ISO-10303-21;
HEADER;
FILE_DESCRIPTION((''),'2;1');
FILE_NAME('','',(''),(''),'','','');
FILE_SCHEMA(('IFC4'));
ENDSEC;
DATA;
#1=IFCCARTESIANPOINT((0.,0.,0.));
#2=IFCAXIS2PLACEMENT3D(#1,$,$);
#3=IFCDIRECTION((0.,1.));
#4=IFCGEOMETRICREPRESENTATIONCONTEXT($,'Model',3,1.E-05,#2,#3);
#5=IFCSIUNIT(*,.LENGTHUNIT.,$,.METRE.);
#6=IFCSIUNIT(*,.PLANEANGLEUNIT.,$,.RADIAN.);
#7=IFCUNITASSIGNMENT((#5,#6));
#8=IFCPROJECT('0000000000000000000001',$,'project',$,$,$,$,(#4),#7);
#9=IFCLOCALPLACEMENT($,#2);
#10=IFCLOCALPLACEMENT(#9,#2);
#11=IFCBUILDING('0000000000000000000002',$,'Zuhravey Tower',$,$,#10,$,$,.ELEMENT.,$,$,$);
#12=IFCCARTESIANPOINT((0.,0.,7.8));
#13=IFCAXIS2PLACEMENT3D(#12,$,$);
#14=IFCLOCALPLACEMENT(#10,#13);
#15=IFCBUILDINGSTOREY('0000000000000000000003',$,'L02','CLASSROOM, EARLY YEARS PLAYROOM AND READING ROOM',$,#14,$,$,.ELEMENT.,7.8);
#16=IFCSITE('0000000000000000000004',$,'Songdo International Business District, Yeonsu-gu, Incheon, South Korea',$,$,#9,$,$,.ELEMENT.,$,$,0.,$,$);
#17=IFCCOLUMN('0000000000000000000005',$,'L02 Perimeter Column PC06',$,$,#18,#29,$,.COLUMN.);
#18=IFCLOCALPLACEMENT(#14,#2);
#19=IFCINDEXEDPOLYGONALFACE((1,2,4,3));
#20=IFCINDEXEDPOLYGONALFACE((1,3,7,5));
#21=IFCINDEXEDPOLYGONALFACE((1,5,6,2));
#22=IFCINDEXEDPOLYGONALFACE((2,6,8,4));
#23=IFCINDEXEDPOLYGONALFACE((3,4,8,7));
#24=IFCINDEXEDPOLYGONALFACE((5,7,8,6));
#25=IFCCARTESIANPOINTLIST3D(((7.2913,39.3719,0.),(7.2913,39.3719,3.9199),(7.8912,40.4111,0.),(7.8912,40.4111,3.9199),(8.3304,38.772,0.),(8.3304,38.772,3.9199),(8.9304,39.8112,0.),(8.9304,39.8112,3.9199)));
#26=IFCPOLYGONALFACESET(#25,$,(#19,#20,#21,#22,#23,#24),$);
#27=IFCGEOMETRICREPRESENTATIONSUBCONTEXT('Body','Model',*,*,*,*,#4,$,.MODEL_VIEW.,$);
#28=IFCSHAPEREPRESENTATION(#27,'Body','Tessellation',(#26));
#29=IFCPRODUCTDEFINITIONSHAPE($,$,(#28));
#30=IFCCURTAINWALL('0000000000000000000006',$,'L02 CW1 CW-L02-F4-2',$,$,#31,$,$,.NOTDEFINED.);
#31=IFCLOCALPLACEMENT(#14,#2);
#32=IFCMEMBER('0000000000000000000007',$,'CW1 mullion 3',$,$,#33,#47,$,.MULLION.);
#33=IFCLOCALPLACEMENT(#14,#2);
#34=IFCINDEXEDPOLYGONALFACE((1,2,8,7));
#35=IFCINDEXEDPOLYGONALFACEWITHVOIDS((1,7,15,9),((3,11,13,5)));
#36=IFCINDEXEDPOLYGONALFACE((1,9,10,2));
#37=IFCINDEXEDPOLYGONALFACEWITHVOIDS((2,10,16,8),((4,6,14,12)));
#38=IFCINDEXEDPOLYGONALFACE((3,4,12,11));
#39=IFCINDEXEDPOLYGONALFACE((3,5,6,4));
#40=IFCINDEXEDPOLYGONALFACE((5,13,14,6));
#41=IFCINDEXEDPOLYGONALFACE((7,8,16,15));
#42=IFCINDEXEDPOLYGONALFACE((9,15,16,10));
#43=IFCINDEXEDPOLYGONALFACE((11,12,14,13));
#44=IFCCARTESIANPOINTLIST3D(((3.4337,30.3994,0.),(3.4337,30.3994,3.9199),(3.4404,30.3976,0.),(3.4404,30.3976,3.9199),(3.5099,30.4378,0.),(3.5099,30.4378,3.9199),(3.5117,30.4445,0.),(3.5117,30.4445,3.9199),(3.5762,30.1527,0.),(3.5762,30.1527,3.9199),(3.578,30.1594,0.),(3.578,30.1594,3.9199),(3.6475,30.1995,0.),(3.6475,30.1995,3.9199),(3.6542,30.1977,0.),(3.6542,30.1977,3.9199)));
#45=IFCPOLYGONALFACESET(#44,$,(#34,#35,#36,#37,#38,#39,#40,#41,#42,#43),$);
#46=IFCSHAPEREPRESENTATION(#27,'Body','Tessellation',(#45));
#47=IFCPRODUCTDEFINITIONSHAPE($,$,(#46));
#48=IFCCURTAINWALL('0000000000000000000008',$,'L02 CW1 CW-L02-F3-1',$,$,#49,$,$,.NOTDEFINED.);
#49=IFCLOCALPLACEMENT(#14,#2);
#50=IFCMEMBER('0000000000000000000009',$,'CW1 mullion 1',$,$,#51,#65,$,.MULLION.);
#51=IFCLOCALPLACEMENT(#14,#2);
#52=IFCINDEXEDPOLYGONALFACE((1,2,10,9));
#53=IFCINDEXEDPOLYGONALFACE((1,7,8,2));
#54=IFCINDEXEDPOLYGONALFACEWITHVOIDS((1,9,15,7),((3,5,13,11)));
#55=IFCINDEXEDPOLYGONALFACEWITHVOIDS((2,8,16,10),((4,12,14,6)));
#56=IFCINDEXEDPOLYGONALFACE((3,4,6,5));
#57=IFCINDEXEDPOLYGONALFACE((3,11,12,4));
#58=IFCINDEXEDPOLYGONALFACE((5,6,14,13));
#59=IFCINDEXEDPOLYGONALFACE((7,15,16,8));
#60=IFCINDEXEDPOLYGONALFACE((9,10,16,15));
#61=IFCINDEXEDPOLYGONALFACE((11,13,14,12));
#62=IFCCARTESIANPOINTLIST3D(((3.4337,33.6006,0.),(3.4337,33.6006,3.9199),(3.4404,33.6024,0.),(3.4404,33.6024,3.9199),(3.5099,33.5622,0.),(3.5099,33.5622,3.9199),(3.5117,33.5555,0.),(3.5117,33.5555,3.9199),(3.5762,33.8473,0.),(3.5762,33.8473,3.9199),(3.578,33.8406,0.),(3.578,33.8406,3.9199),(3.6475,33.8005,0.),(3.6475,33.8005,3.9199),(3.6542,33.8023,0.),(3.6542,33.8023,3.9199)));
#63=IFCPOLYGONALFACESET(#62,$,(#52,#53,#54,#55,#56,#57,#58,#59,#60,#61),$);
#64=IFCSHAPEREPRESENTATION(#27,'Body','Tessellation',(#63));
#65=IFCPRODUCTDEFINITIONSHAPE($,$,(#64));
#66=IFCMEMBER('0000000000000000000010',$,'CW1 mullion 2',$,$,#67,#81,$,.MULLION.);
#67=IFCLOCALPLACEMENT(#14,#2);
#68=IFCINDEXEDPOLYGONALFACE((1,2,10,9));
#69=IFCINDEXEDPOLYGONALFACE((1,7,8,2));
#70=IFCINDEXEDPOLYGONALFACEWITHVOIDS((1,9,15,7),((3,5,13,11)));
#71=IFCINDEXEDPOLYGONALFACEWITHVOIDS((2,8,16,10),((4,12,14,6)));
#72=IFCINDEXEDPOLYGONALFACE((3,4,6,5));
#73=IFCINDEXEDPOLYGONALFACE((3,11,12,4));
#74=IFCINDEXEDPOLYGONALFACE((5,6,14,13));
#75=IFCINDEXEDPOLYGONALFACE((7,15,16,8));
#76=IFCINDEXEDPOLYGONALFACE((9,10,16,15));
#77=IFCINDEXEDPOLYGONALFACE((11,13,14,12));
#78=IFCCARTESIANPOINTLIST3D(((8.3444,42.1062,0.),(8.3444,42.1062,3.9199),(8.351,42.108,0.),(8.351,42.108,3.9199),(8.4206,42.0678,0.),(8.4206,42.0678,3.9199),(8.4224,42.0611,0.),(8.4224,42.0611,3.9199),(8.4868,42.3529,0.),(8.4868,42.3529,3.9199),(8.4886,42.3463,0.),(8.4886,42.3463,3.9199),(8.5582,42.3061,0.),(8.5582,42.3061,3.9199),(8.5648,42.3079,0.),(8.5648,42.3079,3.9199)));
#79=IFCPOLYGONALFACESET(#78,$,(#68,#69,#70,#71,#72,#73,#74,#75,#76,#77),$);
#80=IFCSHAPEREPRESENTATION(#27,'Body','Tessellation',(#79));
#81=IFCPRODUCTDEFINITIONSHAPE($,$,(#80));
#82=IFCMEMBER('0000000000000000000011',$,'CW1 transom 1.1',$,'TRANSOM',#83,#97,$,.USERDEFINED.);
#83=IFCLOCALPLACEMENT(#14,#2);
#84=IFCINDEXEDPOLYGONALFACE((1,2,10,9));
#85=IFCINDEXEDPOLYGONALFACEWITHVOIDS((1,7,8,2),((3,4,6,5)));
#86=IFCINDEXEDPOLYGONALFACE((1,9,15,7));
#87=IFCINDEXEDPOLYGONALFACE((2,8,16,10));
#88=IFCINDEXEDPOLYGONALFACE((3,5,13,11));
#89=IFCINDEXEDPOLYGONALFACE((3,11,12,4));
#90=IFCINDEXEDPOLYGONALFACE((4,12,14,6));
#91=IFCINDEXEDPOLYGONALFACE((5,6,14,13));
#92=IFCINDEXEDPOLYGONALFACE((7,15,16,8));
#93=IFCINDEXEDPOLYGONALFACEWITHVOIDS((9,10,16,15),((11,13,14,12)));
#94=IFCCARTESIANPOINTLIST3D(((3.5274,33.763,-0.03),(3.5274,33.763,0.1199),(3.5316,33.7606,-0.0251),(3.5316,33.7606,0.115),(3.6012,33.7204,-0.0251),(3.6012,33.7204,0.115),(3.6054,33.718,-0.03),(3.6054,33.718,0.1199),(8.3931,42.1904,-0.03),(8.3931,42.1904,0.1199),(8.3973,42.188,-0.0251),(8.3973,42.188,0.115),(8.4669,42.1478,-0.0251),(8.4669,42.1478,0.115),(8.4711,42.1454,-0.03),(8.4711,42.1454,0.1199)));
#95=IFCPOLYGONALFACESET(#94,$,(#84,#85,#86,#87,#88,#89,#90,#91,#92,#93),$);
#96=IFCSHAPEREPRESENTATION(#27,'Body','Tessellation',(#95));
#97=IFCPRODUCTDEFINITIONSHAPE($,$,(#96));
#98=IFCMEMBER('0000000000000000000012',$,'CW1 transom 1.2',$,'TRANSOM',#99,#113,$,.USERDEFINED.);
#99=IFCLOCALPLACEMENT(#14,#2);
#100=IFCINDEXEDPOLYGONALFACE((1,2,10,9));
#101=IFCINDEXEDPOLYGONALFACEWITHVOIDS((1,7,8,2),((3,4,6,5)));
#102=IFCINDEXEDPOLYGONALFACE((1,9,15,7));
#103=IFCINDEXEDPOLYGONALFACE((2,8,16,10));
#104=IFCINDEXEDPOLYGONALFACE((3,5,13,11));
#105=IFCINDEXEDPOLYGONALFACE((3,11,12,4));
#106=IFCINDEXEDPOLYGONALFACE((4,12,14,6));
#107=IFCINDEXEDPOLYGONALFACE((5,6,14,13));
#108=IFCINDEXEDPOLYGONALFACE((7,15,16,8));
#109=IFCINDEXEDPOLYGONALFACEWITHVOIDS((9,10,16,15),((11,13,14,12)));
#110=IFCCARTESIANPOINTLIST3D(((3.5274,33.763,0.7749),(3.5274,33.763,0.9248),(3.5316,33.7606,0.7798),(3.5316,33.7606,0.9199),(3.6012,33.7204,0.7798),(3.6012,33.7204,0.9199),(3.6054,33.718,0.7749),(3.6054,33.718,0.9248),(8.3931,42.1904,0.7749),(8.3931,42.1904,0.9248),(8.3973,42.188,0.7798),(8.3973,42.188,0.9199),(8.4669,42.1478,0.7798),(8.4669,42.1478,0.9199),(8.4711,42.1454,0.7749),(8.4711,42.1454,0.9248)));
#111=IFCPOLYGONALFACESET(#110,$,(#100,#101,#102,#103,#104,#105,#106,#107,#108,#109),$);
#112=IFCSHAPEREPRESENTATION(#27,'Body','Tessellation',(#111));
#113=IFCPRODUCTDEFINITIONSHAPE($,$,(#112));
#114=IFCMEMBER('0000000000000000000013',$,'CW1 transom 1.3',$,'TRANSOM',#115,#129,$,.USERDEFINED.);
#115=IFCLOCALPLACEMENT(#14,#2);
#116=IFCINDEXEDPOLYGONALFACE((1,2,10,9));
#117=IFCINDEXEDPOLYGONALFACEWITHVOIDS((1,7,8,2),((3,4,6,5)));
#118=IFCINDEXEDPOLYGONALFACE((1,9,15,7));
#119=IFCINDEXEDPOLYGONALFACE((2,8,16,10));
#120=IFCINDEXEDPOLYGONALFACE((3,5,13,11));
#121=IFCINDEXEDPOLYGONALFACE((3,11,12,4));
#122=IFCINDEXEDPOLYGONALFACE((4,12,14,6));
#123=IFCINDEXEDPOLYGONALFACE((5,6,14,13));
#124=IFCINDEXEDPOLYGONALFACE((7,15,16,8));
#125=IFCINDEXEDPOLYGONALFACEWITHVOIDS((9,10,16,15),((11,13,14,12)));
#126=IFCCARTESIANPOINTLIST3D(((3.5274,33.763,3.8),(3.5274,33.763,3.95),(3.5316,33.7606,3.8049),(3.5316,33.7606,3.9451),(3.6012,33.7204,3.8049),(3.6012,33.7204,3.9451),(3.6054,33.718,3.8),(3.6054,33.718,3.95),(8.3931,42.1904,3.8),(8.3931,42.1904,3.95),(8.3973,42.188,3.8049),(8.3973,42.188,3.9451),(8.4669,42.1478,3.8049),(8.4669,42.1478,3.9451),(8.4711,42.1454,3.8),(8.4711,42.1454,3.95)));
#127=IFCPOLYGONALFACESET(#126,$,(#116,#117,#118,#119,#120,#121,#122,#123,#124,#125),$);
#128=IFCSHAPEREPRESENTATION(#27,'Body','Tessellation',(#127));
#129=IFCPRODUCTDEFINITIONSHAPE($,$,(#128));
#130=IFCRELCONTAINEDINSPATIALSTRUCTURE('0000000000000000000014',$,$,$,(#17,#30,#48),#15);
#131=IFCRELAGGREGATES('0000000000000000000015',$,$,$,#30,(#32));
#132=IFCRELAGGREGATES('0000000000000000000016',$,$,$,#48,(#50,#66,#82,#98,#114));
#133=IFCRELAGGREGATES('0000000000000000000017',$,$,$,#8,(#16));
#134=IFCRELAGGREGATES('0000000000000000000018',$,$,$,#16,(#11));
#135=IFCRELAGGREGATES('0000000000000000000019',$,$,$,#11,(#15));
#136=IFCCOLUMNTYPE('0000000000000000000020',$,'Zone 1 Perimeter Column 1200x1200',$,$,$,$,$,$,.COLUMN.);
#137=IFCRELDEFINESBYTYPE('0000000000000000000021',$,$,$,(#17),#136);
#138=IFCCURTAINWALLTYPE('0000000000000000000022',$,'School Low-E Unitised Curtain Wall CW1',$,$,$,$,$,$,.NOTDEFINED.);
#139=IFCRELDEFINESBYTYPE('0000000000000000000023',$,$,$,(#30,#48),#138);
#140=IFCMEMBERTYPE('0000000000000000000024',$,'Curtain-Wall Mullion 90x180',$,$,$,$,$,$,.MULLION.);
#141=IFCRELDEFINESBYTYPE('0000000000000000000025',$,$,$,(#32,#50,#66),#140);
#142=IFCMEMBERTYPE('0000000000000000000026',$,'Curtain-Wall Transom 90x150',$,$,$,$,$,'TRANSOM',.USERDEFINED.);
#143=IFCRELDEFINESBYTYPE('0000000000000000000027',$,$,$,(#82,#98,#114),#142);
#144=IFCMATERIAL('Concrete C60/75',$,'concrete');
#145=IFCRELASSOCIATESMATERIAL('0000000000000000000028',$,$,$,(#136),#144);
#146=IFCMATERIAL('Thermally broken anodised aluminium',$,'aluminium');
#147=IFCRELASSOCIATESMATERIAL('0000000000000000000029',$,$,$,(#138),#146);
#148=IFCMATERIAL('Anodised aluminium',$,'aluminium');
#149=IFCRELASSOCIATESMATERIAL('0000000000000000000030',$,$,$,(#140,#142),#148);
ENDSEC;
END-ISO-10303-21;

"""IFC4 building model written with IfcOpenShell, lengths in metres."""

from ifc_helpers import new_model, si_unit, direction, frame, origin, origin_2d, place, context, subcontext, project, spatial, rectangle, hollow_rectangle, extrude, material, material_profile, profile_set, type_object, element, aggregate, save


model = new_model("IFC4")

# Units and contexts
model_context = context("Model", 3, precision=1e-05, world=origin(), true_north=direction((0.0, 1.0)))
body_context = subcontext(model_context, "Body", "Model", "MODEL_VIEW")
ifc_project = project(units=[si_unit("LENGTHUNIT", "METRE"), si_unit("PLANEANGLEUNIT", "RADIAN")], contexts=[model_context])

# Site, building, storey
site_placement = place(None, origin())
site = spatial("IfcSite", under=ifc_project, at=site_placement, Name="Songdo International Business District, Yeonsu-gu, Incheon, South Korea", CompositionType="ELEMENT", RefElevation=0.0)
building_placement = place(site_placement, origin())
building = spatial("IfcBuilding", under=site, at=building_placement, Name="Zuhravey Tower", CompositionType="ELEMENT")
storey_placement = place(building_placement, frame((0.0, 0.0, 7.8)))
storey = spatial("IfcBuildingStorey", under=building, at=storey_placement, Name="L02", Description="CLASSROOM, EARLY YEARS PLAYROOM AND READING ROOM", CompositionType="ELEMENT", Elevation=7.8)

# Column
ifc_material_1 = material(Name="Concrete C60/75", Category="concrete")
ifc_material_profile_1 = material_profile(ifc_material_1, rectangle(XDim=1.2, YDim=1.2, at=origin_2d()), Name="RC-1200x1200")
ifc_profile_set_1 = profile_set([ifc_material_profile_1], Name="Concrete C60/75")
column_type = type_object("IfcColumnType", Name="Zone 1 Perimeter Column 1200x1200", PredefinedType="COLUMN", material=ifc_profile_set_1)
column_placement = place(storey_placement, frame((8.1108, 39.5916, 0.0), z_axis=(0.0, 0.0, 1.0), x_axis=(-0.5, -0.866025, 0.0)))
element("IfcColumn", 1, at=column_placement, inside=storey, type_object=column_type, Name="L02 Perimeter Column PC06", PredefinedType="COLUMN", context=body_context, shape_type="SweptSolid", body=[
    extrude(rectangle(XDim=1.2, YDim=1.2, at=origin_2d()), origin(), (0.0, 0.0, 1.0), 3.9199),
])

# Curtain wall, member
ifc_material_2 = material(Name="Thermally broken anodised aluminium", Category="aluminium")
curtain_wall_type = type_object("IfcCurtainWallType", Name="School Low-E Unitised Curtain Wall CW1", PredefinedType="NOTDEFINED", material=ifc_material_2)
curtain_wall_1_placement = place(storey_placement, origin())
curtain_wall_1 = element("IfcCurtainWall", 2, at=curtain_wall_1_placement, inside=storey, type_object=curtain_wall_type, Name="L02 CW1 CW-L02-F4-2", PredefinedType="NOTDEFINED")
ifc_material_3 = material(Name="Anodised aluminium", Category="aluminium")
ifc_material_profile_2 = material_profile(ifc_material_3, hollow_rectangle(XDim=0.0901, YDim=0.2849, WallThickness=0.0049, at=origin_2d()), Name="ALU-RHS-90x285x5")
ifc_profile_set_2 = profile_set([ifc_material_profile_2], Name="Anodised aluminium")
member_type_1 = type_object("IfcMemberType", Name="Curtain-Wall Mullion 90x180", PredefinedType="MULLION", material=ifc_profile_set_2)
member_1_placement = place(storey_placement, frame((3.5439, 30.2986, 0.0), z_axis=(0.0, 0.0, 1.0), x_axis=(-0.866026, -0.5, 0.0)))
member_1 = element("IfcMember", 3, at=member_1_placement, type_object=member_type_1, Name="CW1 mullion 3", PredefinedType="MULLION", context=body_context, shape_type="SweptSolid", body=[
    extrude(hollow_rectangle(XDim=0.0901, YDim=0.2849, WallThickness=0.0049, at=origin_2d()), origin(), (0.0, 0.0, 1.0), 3.9199),
])
aggregate(curtain_wall_1, [member_1])

# Curtain wall, members
curtain_wall_2_placement = place(storey_placement, origin())
curtain_wall_2 = element("IfcCurtainWall", 4, at=curtain_wall_2_placement, inside=storey, type_object=curtain_wall_type, Name="L02 CW1 CW-L02-F3-1", PredefinedType="NOTDEFINED")
member_2_placement = place(storey_placement, frame((3.5439, 33.7014, 0.0), z_axis=(0.0, 0.0, 1.0), x_axis=(-0.866026, 0.5, 0.0)))
member_2 = element("IfcMember", 5, at=member_2_placement, type_object=member_type_1, Name="CW1 mullion 1", PredefinedType="MULLION", context=body_context, shape_type="SweptSolid", body=[
    extrude(hollow_rectangle(XDim=0.0901, YDim=0.2849, WallThickness=0.0049, at=origin_2d()), origin(), (0.0, 0.0, 1.0), 3.9199),
])
member_3_placement = place(storey_placement, frame((8.4546, 42.207, 0.0), z_axis=(0.0, 0.0, 1.0), x_axis=(-0.866026, 0.5, 0.0)))
member_3 = element("IfcMember", 6, at=member_3_placement, type_object=member_type_1, Name="CW1 mullion 2", PredefinedType="MULLION", context=body_context, shape_type="SweptSolid", body=[
    extrude(hollow_rectangle(XDim=0.0901, YDim=0.2849, WallThickness=0.0049, at=origin_2d()), origin(), (0.0, 0.0, 1.0), 3.9199),
])
ifc_material_profile_3 = material_profile(ifc_material_3, hollow_rectangle(XDim=0.0901, YDim=0.1499, WallThickness=0.0049, at=origin_2d()), Name="ALU-RHS-90x150x5")
ifc_profile_set_3 = profile_set([ifc_material_profile_3], Name="Anodised aluminium")
member_type_2 = type_object("IfcMemberType", Name="Curtain-Wall Transom 90x150", ElementType="TRANSOM", PredefinedType="USERDEFINED", material=ifc_profile_set_3)
member_4_placement = place(storey_placement, frame((3.5664, 33.7405, 0.0449), z_axis=(0.500008, 0.866021, 0.0), x_axis=(-0.866021, 0.500008, 0.0)))
member_4 = element("IfcMember", 7, at=member_4_placement, type_object=member_type_2, Name="CW1 transom 1.1", ObjectType="TRANSOM", PredefinedType="USERDEFINED", context=body_context, shape_type="SweptSolid", body=[
    extrude(hollow_rectangle(XDim=0.0901, YDim=0.1499, WallThickness=0.0049, at=origin_2d()), origin(), (0.0, 0.0, 1.0), 9.7312),
])
member_5_placement = place(storey_placement, frame((3.5664, 33.7405, 0.8499), z_axis=(0.500008, 0.866021, 0.0), x_axis=(-0.866021, 0.500008, 0.0)))
member_5 = element("IfcMember", 8, at=member_5_placement, type_object=member_type_2, Name="CW1 transom 1.2", ObjectType="TRANSOM", PredefinedType="USERDEFINED", context=body_context, shape_type="SweptSolid", body=[
    extrude(hollow_rectangle(XDim=0.0901, YDim=0.1499, WallThickness=0.0049, at=origin_2d()), origin(), (0.0, 0.0, 1.0), 9.7312),
])
member_6_placement = place(storey_placement, frame((3.5664, 33.7405, 3.875), z_axis=(0.500008, 0.866021, 0.0), x_axis=(-0.866021, 0.500008, 0.0)))
member_6 = element("IfcMember", 9, at=member_6_placement, type_object=member_type_2, Name="CW1 transom 1.3", ObjectType="TRANSOM", PredefinedType="USERDEFINED", context=body_context, shape_type="SweptSolid", body=[
    extrude(hollow_rectangle(XDim=0.0901, YDim=0.1499, WallThickness=0.0049, at=origin_2d()), origin(), (0.0, 0.0, 1.0), 9.7312),
])

aggregate(curtain_wall_2, [member_2, member_3, member_4, member_5, member_6])

save(model, "model.ifc")
